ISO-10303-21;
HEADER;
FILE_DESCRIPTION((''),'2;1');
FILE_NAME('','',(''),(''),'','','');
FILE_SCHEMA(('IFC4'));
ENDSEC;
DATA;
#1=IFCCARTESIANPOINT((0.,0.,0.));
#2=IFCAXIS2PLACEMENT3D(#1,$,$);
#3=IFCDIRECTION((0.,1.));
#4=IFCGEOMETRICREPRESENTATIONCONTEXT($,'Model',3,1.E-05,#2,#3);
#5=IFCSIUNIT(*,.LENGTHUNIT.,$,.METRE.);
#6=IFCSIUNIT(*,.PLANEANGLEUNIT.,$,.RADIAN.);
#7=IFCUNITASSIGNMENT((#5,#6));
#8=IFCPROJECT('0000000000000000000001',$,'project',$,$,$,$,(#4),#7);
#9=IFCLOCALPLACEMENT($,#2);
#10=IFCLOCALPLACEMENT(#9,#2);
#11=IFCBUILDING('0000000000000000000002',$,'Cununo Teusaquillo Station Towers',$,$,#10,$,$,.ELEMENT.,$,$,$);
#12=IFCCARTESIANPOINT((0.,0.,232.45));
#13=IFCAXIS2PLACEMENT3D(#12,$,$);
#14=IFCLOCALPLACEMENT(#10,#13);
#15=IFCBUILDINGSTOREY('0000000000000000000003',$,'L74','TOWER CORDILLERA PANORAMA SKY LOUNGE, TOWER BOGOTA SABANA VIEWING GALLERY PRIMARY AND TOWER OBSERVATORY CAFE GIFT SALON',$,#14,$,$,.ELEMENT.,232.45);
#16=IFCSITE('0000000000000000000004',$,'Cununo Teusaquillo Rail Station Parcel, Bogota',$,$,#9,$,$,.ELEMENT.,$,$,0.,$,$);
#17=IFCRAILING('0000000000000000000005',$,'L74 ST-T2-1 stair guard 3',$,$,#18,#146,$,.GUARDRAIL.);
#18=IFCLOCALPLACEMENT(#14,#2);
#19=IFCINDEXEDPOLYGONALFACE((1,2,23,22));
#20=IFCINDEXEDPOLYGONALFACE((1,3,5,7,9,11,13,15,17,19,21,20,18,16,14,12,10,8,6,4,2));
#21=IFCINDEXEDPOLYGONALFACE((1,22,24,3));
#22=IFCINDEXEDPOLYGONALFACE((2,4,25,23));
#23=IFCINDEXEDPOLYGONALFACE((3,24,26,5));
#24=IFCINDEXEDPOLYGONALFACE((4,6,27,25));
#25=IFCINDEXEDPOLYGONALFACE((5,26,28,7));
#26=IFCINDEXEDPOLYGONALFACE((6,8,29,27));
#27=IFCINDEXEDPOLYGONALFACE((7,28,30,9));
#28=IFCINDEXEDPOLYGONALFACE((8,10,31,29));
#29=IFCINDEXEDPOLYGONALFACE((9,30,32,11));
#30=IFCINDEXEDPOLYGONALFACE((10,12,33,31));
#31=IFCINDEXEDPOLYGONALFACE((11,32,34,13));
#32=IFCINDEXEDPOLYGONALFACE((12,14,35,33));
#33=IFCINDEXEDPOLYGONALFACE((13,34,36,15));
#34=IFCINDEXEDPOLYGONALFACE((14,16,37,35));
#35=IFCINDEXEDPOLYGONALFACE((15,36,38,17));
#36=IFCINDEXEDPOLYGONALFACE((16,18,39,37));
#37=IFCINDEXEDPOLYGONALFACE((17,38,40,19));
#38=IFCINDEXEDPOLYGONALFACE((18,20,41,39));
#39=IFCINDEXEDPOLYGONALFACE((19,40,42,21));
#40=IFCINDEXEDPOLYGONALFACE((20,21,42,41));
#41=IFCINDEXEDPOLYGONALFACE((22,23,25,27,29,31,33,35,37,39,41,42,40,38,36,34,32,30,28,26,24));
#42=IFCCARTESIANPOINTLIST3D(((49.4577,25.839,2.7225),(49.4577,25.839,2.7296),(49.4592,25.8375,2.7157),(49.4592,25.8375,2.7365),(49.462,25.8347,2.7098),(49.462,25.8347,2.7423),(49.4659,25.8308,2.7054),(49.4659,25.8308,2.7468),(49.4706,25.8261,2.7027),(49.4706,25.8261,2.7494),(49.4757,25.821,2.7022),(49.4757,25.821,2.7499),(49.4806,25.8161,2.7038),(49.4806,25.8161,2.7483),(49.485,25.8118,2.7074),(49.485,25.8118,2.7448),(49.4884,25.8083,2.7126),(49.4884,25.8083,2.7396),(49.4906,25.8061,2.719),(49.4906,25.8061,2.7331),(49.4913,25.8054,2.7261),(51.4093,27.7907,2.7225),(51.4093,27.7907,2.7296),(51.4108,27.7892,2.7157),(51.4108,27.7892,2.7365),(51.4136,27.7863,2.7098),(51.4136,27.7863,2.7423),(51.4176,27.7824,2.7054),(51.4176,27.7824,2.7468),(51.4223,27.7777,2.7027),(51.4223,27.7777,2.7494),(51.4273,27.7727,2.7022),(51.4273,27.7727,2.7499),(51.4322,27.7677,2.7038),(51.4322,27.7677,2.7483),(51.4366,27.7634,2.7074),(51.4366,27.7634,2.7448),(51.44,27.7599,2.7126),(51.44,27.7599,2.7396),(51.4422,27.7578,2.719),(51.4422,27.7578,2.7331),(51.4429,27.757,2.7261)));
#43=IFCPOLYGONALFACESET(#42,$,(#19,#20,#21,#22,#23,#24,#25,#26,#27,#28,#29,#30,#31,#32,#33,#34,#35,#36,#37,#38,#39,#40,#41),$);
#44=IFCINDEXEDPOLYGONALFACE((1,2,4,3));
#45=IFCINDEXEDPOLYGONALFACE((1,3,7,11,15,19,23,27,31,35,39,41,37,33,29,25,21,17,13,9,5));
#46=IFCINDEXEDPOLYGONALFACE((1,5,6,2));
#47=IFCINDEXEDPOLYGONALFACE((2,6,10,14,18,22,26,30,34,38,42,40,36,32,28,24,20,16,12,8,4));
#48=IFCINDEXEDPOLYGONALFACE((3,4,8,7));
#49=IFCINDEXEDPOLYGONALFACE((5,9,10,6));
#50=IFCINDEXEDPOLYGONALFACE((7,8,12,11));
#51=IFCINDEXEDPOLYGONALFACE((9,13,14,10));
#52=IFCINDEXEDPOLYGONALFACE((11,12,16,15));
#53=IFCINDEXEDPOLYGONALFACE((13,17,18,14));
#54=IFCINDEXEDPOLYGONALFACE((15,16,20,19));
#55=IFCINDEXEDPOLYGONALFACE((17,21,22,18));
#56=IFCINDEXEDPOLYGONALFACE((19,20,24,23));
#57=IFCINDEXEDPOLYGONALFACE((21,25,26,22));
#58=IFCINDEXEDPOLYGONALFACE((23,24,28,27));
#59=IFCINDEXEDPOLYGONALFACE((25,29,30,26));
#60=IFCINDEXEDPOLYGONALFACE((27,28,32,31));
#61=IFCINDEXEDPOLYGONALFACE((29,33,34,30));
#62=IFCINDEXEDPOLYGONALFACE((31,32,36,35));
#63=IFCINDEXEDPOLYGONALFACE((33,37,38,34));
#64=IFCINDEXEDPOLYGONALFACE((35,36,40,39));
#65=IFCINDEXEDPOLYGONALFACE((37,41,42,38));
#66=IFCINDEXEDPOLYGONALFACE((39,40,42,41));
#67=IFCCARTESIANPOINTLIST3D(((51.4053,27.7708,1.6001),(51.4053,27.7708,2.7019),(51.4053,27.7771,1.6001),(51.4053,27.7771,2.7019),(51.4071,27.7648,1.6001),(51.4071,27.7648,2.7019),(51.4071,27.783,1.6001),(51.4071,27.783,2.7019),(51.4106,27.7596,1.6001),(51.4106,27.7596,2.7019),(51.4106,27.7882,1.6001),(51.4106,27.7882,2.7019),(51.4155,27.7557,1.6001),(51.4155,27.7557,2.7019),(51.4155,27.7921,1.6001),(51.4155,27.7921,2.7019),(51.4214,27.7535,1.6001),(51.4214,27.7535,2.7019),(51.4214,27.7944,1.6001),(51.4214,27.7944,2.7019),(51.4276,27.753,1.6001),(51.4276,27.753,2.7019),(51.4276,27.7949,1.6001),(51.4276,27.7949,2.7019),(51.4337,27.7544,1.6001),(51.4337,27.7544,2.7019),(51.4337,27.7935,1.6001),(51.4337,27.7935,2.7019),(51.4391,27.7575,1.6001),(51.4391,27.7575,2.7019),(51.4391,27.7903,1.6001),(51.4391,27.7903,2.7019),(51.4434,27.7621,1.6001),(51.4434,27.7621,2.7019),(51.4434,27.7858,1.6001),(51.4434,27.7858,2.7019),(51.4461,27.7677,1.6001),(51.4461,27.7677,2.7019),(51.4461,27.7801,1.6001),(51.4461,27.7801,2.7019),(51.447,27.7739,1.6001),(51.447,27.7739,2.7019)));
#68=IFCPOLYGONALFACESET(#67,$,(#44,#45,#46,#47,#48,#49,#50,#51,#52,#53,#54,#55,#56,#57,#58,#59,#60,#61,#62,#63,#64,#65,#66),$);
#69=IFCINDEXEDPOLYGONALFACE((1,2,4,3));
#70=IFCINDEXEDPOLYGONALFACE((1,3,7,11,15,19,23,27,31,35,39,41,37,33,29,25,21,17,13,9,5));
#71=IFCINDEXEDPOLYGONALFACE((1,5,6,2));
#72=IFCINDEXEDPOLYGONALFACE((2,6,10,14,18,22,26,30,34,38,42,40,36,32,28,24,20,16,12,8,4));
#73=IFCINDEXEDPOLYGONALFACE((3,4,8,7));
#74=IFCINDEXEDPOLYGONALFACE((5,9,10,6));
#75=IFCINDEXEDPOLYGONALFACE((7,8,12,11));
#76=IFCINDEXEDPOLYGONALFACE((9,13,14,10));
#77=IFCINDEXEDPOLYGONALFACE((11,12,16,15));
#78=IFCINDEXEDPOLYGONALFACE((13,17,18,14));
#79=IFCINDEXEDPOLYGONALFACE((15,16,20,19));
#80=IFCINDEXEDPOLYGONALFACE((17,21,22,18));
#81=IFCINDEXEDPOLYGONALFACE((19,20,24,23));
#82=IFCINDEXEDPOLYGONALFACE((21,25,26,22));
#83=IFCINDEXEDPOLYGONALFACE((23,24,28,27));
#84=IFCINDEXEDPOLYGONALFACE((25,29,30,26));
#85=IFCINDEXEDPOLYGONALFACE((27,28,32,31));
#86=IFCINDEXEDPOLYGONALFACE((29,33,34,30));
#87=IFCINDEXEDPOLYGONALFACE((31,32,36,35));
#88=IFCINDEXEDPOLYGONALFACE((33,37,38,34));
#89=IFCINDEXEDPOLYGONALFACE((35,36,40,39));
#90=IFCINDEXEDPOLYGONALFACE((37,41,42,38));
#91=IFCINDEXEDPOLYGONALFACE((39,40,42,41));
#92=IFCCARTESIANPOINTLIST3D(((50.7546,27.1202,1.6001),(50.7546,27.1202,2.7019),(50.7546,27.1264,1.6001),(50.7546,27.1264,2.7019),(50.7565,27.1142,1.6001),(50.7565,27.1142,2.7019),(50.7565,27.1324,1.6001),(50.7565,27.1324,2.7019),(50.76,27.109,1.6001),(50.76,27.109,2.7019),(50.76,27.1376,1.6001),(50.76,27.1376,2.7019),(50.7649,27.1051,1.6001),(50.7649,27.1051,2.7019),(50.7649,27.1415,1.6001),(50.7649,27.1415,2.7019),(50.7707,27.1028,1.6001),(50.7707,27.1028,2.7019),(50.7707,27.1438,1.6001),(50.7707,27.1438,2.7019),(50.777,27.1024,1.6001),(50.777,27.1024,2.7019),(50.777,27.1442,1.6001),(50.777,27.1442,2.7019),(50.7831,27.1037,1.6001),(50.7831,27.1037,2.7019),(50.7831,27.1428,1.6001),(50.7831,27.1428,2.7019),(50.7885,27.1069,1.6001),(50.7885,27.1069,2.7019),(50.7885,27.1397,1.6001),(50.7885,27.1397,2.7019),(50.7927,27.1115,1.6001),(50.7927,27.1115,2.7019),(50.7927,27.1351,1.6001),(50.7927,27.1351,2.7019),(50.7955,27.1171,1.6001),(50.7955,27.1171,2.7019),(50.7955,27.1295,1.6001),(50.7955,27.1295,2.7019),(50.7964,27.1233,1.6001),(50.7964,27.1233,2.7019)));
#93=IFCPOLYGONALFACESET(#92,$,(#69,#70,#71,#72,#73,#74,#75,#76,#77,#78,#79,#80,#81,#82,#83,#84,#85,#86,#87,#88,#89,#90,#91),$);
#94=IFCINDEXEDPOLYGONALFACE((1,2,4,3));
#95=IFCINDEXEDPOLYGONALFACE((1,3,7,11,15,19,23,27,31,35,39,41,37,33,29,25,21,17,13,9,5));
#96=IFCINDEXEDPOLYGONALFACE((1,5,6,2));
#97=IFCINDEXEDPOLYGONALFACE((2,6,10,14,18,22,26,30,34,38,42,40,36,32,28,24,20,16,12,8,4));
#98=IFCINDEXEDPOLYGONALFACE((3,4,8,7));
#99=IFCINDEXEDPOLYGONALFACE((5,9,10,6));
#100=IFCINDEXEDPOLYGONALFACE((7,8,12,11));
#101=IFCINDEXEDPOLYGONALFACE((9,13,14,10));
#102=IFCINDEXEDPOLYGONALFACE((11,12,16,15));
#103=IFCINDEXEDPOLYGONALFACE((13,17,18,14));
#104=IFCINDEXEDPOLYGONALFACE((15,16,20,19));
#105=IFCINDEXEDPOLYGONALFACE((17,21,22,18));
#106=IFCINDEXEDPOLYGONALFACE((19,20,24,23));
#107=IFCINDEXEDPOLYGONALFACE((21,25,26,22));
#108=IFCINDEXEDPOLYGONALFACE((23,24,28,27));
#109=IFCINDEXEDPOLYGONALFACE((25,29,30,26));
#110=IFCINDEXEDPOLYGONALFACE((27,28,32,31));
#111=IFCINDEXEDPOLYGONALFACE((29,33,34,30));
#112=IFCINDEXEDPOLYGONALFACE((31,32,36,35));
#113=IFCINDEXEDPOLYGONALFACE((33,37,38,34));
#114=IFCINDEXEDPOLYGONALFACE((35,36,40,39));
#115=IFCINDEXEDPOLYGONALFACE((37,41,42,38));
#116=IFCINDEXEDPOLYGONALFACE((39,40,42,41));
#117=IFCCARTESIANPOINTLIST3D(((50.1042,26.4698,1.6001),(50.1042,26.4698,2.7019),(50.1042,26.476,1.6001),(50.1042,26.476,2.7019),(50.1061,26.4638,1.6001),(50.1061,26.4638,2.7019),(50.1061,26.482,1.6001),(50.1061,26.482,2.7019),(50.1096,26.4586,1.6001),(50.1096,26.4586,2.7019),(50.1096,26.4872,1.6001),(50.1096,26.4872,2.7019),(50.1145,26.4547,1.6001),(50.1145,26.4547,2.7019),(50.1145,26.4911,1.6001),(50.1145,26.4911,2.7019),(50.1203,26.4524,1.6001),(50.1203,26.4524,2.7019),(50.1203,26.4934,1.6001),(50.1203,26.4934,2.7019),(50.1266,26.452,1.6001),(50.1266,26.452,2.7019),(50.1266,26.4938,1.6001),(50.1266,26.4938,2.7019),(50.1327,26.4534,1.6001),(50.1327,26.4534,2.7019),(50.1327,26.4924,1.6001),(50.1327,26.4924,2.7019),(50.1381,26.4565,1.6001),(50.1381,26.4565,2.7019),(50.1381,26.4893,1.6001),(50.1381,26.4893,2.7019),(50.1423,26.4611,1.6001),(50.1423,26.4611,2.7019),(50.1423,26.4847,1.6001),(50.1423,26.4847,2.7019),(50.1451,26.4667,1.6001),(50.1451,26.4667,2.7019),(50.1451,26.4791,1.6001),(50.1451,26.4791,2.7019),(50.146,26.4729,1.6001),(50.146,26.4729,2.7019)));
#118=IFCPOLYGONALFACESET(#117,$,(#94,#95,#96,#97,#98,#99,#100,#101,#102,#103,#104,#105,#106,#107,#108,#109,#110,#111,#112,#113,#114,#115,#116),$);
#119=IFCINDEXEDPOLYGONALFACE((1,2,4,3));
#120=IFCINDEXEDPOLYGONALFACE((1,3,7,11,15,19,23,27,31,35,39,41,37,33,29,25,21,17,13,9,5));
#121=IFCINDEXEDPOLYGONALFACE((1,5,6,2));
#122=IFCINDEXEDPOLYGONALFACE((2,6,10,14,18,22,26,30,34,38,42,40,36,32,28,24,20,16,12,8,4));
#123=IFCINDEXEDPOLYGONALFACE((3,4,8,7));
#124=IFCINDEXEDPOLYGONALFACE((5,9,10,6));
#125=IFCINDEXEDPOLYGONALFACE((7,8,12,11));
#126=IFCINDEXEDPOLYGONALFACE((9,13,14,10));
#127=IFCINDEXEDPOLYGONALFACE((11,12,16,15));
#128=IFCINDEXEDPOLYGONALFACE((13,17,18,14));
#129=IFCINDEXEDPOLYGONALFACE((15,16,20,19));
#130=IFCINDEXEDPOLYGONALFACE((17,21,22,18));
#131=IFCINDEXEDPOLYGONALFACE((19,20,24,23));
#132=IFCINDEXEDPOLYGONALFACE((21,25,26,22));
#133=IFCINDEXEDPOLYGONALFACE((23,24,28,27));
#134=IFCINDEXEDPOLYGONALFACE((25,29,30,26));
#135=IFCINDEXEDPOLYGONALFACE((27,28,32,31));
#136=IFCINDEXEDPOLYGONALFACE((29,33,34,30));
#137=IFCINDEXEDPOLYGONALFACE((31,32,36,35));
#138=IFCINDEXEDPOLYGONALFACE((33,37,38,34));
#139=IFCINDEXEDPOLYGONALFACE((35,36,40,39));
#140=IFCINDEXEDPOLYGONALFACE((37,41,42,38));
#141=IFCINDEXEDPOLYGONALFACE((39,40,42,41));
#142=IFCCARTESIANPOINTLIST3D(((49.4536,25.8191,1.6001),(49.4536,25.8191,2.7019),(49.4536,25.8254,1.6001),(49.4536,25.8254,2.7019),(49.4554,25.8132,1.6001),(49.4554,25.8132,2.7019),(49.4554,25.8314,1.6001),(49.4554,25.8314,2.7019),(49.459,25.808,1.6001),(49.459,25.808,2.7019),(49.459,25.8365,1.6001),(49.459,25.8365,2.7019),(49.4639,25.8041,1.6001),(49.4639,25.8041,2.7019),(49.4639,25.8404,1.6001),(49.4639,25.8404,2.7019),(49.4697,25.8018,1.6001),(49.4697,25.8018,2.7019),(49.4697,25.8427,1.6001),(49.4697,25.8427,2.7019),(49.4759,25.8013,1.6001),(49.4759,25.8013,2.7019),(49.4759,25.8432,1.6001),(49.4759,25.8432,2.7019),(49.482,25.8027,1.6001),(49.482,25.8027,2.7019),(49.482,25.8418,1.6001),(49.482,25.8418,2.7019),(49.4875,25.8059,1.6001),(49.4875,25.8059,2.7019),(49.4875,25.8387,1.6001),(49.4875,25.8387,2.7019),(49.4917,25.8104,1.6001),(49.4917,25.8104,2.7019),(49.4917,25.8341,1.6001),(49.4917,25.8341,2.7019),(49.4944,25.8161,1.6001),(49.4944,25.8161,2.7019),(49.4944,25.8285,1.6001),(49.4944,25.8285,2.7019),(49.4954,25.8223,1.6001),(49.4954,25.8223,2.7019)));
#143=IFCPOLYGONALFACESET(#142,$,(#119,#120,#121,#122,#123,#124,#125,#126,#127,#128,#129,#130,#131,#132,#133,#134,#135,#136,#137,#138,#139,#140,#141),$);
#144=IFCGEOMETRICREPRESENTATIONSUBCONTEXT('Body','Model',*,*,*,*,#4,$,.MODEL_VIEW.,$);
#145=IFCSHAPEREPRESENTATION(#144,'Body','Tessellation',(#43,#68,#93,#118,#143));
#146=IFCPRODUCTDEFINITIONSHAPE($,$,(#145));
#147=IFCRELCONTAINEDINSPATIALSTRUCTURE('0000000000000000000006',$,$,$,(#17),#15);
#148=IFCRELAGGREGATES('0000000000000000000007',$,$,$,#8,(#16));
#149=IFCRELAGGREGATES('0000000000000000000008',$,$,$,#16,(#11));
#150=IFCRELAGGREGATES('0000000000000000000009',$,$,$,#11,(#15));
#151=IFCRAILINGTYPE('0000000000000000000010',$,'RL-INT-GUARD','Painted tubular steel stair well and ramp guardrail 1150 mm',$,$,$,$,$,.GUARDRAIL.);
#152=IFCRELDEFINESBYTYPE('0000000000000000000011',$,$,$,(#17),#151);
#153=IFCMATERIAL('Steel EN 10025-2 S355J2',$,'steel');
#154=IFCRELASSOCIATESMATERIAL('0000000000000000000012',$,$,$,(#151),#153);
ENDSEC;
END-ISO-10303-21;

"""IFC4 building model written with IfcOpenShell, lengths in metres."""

from ifc_helpers import new_model, si_unit, direction, frame, origin, origin_2d, place, context, subcontext, project, spatial, circle, extrude, material, type_object, element, save


model = new_model("IFC4")

# Units and contexts
model_context = context("Model", 3, precision=1e-05, world=origin(), true_north=direction((0.0, 1.0)))
body_context = subcontext(model_context, "Body", "Model", "MODEL_VIEW")
ifc_project = project(units=[si_unit("LENGTHUNIT", "METRE"), si_unit("PLANEANGLEUNIT", "RADIAN")], contexts=[model_context])

# Site, building, storey
site_placement = place(None, origin())
site = spatial("IfcSite", under=ifc_project, at=site_placement, Name="Cununo Teusaquillo Rail Station Parcel, Bogota", CompositionType="ELEMENT", RefElevation=0.0)
building_placement = place(site_placement, origin())
building = spatial("IfcBuilding", under=site, at=building_placement, Name="Cununo Teusaquillo Station Towers", CompositionType="ELEMENT")
storey_placement = place(building_placement, frame((0.0, 0.0, 232.45)))
storey = spatial("IfcBuildingStorey", under=building, at=storey_placement, Name="L74", Description="TOWER CORDILLERA PANORAMA SKY LOUNGE, TOWER BOGOTA SABANA VIEWING GALLERY PRIMARY AND TOWER OBSERVATORY CAFE GIFT SALON", CompositionType="ELEMENT", Elevation=232.45)

# Railing
ifc_material_1 = material(Name="Steel EN 10025-2 S355J2", Category="steel")
railing_type = type_object("IfcRailingType", Name="RL-INT-GUARD", Description="Painted tubular steel stair well and ramp guardrail 1150 mm", PredefinedType="GUARDRAIL", material=ifc_material_1)
railing_1_placement = place(storey_placement, frame((51.426, 27.7739, 1.6001)))
element("IfcRailing", 1, at=railing_1_placement, inside=storey, type_object=railing_type, Name="L74 ST-T2-1 stair guard 3", PredefinedType="GUARDRAIL", context=body_context, shape_type="SweptSolid", body=[
    extrude(circle(Radius=0.0239, at=origin_2d()), frame((0.0, 0.0, 1.126), z_axis=(-0.707107, -0.707107, 0.0), x_axis=(0.707107, -0.707107, 0.0)), (0.0, 0.0, 1.0), 2.76),
    extrude(circle(Radius=0.021, at=origin_2d()), origin(), (0.0, 0.0, 1.0), 1.1018),
    extrude(circle(Radius=0.021, at=origin_2d()), frame((-0.6506, -0.6506, 0.0)), (0.0, 0.0, 1.0), 1.1018),
    extrude(circle(Radius=0.021, at=origin_2d()), frame((-1.301, -1.301, 0.0)), (0.0, 0.0, 1.0), 1.1018),
    extrude(circle(Radius=0.021, at=origin_2d()), frame((-1.9517, -1.9517, 0.0)), (0.0, 0.0, 1.0), 1.1018),
])

save(model, "model.ifc")
